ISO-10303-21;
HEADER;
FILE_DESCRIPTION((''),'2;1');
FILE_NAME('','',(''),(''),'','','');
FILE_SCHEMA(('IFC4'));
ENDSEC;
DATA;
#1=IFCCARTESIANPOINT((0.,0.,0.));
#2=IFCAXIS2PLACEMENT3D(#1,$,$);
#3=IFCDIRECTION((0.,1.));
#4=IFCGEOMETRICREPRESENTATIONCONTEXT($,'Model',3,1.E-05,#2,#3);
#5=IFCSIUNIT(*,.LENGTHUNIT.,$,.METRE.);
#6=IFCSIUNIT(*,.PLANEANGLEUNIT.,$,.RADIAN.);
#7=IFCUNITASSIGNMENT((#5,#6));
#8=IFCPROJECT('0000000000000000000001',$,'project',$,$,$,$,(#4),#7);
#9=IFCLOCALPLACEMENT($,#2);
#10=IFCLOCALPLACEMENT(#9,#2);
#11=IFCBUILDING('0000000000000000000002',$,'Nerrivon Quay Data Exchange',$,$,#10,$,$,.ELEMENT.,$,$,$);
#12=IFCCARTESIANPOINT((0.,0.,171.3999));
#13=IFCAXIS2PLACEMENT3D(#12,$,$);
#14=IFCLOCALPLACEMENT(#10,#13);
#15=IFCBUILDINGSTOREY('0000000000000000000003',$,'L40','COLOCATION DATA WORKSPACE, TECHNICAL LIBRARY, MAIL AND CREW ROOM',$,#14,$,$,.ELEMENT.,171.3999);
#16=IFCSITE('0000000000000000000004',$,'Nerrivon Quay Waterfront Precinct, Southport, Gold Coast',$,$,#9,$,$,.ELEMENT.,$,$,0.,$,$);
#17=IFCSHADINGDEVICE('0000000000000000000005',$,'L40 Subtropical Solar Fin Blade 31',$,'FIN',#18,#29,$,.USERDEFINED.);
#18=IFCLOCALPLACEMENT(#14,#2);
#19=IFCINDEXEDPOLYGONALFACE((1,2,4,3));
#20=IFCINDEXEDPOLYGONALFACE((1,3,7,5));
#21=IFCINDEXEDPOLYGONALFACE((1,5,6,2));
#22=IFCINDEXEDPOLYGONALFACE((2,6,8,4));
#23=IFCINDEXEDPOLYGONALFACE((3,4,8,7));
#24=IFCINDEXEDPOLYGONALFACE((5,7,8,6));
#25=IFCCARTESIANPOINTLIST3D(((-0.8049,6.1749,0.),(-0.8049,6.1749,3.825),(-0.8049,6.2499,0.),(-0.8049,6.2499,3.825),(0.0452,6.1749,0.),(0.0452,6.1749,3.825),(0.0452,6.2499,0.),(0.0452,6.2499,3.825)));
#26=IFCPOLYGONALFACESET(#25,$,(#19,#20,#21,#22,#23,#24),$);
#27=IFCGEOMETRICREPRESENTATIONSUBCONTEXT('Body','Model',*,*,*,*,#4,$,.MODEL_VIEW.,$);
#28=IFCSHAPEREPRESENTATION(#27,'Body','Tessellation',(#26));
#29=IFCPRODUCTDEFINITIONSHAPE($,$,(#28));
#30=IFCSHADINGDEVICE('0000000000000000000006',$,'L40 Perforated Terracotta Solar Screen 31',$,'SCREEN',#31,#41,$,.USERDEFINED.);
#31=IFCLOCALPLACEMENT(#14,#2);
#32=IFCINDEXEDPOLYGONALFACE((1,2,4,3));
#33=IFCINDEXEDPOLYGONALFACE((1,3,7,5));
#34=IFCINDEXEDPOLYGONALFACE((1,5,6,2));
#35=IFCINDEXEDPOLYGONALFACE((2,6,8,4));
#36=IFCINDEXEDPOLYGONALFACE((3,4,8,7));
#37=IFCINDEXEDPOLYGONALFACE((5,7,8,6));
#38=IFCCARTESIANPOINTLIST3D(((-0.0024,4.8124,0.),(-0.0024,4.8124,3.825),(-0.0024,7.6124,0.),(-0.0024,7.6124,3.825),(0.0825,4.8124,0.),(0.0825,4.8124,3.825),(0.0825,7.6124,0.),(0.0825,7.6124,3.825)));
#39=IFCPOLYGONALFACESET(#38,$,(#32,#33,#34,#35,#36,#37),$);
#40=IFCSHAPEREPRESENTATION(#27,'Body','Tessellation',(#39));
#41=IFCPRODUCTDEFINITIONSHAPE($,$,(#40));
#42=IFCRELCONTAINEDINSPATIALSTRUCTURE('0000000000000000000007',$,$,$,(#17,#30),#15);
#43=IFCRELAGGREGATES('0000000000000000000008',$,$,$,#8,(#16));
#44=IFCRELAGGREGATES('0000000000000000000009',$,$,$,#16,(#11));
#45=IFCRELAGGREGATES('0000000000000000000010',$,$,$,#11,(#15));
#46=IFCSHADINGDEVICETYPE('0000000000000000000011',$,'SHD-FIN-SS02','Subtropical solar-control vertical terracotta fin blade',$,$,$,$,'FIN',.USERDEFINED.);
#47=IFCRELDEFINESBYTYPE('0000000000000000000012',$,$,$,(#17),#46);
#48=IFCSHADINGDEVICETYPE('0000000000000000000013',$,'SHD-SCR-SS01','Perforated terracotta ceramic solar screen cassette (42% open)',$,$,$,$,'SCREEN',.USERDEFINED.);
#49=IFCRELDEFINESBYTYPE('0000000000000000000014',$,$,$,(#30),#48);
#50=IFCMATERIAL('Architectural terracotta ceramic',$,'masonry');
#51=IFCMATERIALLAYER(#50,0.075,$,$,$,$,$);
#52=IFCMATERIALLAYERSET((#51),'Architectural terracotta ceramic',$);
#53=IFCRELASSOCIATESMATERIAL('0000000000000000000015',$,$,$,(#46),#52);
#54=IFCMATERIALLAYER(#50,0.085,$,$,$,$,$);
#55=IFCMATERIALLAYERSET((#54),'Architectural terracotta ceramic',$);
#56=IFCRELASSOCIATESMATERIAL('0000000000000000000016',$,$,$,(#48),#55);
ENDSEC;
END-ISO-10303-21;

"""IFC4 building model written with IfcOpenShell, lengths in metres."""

from ifc_helpers import new_model, si_unit, direction, frame, origin, origin_2d, place, context, subcontext, project, spatial, rectangle, extrude, material, layer, layer_set, type_object, element, save


model = new_model("IFC4")

# Units and contexts
model_context = context("Model", 3, precision=1e-05, world=origin(), true_north=direction((0.0, 1.0)))
body_context = subcontext(model_context, "Body", "Model", "MODEL_VIEW")
ifc_project = project(units=[si_unit("LENGTHUNIT", "METRE"), si_unit("PLANEANGLEUNIT", "RADIAN")], contexts=[model_context])

# Site, building, storey
site_placement = place(None, origin())
site = spatial("IfcSite", under=ifc_project, at=site_placement, Name="Nerrivon Quay Waterfront Precinct, Southport, Gold Coast", CompositionType="ELEMENT", RefElevation=0.0)
building_placement = place(site_placement, origin())
building = spatial("IfcBuilding", under=site, at=building_placement, Name="Nerrivon Quay Data Exchange", CompositionType="ELEMENT")
storey_placement = place(building_placement, frame((0.0, 0.0, 171.3999)))
storey = spatial("IfcBuildingStorey", under=building, at=storey_placement, Name="L40", Description="COLOCATION DATA WORKSPACE, TECHNICAL LIBRARY, MAIL AND CREW ROOM", CompositionType="ELEMENT", Elevation=171.3999)

# Shared definitions
ifc_material_1 = material(Name="Architectural terracotta ceramic", Category="masonry")

# Shading devices
ifc_layer_1 = layer(ifc_material_1, 0.075)
ifc_layer_set_1 = layer_set([ifc_layer_1], Name="Architectural terracotta ceramic")
shading_device_type_1 = type_object("IfcShadingDeviceType", Name="SHD-FIN-SS02", Description="Subtropical solar-control vertical terracotta fin blade", ElementType="FIN", PredefinedType="USERDEFINED", material=ifc_layer_set_1)
shading_device_1_placement = place(storey_placement, frame((-0.3799, 6.2124, 0.0), z_axis=(0.0, 0.0, 1.0), x_axis=(0.0, 1.0, 0.0)))
element("IfcShadingDevice", 1, at=shading_device_1_placement, inside=storey, type_object=shading_device_type_1, Name="L40 Subtropical Solar Fin Blade 31", ObjectType="FIN", PredefinedType="USERDEFINED", context=body_context, shape_type="SweptSolid", body=[
    extrude(rectangle(XDim=0.075, YDim=0.8501, at=origin_2d()), origin(), (0.0, 0.0, 1.0), 3.825),
])
ifc_layer_2 = layer(ifc_material_1, 0.085)
ifc_layer_set_2 = layer_set([ifc_layer_2], Name="Architectural terracotta ceramic")
shading_device_type_2 = type_object("IfcShadingDeviceType", Name="SHD-SCR-SS01", Description="Perforated terracotta ceramic solar screen cassette (42% open)", ElementType="SCREEN", PredefinedType="USERDEFINED", material=ifc_layer_set_2)
shading_device_2_placement = place(storey_placement, frame((0.04, 6.2124, 0.0), z_axis=(0.0, 0.0, 1.0), x_axis=(0.0, 1.0, 0.0)))
element("IfcShadingDevice", 2, at=shading_device_2_placement, inside=storey, type_object=shading_device_type_2, Name="L40 Perforated Terracotta Solar Screen 31", ObjectType="SCREEN", PredefinedType="USERDEFINED", context=body_context, shape_type="SweptSolid", body=[
    extrude(rectangle(XDim=2.8, YDim=0.085, at=origin_2d()), origin(), (0.0, 0.0, 1.0), 3.825),
])

save(model, "model.ifc")
